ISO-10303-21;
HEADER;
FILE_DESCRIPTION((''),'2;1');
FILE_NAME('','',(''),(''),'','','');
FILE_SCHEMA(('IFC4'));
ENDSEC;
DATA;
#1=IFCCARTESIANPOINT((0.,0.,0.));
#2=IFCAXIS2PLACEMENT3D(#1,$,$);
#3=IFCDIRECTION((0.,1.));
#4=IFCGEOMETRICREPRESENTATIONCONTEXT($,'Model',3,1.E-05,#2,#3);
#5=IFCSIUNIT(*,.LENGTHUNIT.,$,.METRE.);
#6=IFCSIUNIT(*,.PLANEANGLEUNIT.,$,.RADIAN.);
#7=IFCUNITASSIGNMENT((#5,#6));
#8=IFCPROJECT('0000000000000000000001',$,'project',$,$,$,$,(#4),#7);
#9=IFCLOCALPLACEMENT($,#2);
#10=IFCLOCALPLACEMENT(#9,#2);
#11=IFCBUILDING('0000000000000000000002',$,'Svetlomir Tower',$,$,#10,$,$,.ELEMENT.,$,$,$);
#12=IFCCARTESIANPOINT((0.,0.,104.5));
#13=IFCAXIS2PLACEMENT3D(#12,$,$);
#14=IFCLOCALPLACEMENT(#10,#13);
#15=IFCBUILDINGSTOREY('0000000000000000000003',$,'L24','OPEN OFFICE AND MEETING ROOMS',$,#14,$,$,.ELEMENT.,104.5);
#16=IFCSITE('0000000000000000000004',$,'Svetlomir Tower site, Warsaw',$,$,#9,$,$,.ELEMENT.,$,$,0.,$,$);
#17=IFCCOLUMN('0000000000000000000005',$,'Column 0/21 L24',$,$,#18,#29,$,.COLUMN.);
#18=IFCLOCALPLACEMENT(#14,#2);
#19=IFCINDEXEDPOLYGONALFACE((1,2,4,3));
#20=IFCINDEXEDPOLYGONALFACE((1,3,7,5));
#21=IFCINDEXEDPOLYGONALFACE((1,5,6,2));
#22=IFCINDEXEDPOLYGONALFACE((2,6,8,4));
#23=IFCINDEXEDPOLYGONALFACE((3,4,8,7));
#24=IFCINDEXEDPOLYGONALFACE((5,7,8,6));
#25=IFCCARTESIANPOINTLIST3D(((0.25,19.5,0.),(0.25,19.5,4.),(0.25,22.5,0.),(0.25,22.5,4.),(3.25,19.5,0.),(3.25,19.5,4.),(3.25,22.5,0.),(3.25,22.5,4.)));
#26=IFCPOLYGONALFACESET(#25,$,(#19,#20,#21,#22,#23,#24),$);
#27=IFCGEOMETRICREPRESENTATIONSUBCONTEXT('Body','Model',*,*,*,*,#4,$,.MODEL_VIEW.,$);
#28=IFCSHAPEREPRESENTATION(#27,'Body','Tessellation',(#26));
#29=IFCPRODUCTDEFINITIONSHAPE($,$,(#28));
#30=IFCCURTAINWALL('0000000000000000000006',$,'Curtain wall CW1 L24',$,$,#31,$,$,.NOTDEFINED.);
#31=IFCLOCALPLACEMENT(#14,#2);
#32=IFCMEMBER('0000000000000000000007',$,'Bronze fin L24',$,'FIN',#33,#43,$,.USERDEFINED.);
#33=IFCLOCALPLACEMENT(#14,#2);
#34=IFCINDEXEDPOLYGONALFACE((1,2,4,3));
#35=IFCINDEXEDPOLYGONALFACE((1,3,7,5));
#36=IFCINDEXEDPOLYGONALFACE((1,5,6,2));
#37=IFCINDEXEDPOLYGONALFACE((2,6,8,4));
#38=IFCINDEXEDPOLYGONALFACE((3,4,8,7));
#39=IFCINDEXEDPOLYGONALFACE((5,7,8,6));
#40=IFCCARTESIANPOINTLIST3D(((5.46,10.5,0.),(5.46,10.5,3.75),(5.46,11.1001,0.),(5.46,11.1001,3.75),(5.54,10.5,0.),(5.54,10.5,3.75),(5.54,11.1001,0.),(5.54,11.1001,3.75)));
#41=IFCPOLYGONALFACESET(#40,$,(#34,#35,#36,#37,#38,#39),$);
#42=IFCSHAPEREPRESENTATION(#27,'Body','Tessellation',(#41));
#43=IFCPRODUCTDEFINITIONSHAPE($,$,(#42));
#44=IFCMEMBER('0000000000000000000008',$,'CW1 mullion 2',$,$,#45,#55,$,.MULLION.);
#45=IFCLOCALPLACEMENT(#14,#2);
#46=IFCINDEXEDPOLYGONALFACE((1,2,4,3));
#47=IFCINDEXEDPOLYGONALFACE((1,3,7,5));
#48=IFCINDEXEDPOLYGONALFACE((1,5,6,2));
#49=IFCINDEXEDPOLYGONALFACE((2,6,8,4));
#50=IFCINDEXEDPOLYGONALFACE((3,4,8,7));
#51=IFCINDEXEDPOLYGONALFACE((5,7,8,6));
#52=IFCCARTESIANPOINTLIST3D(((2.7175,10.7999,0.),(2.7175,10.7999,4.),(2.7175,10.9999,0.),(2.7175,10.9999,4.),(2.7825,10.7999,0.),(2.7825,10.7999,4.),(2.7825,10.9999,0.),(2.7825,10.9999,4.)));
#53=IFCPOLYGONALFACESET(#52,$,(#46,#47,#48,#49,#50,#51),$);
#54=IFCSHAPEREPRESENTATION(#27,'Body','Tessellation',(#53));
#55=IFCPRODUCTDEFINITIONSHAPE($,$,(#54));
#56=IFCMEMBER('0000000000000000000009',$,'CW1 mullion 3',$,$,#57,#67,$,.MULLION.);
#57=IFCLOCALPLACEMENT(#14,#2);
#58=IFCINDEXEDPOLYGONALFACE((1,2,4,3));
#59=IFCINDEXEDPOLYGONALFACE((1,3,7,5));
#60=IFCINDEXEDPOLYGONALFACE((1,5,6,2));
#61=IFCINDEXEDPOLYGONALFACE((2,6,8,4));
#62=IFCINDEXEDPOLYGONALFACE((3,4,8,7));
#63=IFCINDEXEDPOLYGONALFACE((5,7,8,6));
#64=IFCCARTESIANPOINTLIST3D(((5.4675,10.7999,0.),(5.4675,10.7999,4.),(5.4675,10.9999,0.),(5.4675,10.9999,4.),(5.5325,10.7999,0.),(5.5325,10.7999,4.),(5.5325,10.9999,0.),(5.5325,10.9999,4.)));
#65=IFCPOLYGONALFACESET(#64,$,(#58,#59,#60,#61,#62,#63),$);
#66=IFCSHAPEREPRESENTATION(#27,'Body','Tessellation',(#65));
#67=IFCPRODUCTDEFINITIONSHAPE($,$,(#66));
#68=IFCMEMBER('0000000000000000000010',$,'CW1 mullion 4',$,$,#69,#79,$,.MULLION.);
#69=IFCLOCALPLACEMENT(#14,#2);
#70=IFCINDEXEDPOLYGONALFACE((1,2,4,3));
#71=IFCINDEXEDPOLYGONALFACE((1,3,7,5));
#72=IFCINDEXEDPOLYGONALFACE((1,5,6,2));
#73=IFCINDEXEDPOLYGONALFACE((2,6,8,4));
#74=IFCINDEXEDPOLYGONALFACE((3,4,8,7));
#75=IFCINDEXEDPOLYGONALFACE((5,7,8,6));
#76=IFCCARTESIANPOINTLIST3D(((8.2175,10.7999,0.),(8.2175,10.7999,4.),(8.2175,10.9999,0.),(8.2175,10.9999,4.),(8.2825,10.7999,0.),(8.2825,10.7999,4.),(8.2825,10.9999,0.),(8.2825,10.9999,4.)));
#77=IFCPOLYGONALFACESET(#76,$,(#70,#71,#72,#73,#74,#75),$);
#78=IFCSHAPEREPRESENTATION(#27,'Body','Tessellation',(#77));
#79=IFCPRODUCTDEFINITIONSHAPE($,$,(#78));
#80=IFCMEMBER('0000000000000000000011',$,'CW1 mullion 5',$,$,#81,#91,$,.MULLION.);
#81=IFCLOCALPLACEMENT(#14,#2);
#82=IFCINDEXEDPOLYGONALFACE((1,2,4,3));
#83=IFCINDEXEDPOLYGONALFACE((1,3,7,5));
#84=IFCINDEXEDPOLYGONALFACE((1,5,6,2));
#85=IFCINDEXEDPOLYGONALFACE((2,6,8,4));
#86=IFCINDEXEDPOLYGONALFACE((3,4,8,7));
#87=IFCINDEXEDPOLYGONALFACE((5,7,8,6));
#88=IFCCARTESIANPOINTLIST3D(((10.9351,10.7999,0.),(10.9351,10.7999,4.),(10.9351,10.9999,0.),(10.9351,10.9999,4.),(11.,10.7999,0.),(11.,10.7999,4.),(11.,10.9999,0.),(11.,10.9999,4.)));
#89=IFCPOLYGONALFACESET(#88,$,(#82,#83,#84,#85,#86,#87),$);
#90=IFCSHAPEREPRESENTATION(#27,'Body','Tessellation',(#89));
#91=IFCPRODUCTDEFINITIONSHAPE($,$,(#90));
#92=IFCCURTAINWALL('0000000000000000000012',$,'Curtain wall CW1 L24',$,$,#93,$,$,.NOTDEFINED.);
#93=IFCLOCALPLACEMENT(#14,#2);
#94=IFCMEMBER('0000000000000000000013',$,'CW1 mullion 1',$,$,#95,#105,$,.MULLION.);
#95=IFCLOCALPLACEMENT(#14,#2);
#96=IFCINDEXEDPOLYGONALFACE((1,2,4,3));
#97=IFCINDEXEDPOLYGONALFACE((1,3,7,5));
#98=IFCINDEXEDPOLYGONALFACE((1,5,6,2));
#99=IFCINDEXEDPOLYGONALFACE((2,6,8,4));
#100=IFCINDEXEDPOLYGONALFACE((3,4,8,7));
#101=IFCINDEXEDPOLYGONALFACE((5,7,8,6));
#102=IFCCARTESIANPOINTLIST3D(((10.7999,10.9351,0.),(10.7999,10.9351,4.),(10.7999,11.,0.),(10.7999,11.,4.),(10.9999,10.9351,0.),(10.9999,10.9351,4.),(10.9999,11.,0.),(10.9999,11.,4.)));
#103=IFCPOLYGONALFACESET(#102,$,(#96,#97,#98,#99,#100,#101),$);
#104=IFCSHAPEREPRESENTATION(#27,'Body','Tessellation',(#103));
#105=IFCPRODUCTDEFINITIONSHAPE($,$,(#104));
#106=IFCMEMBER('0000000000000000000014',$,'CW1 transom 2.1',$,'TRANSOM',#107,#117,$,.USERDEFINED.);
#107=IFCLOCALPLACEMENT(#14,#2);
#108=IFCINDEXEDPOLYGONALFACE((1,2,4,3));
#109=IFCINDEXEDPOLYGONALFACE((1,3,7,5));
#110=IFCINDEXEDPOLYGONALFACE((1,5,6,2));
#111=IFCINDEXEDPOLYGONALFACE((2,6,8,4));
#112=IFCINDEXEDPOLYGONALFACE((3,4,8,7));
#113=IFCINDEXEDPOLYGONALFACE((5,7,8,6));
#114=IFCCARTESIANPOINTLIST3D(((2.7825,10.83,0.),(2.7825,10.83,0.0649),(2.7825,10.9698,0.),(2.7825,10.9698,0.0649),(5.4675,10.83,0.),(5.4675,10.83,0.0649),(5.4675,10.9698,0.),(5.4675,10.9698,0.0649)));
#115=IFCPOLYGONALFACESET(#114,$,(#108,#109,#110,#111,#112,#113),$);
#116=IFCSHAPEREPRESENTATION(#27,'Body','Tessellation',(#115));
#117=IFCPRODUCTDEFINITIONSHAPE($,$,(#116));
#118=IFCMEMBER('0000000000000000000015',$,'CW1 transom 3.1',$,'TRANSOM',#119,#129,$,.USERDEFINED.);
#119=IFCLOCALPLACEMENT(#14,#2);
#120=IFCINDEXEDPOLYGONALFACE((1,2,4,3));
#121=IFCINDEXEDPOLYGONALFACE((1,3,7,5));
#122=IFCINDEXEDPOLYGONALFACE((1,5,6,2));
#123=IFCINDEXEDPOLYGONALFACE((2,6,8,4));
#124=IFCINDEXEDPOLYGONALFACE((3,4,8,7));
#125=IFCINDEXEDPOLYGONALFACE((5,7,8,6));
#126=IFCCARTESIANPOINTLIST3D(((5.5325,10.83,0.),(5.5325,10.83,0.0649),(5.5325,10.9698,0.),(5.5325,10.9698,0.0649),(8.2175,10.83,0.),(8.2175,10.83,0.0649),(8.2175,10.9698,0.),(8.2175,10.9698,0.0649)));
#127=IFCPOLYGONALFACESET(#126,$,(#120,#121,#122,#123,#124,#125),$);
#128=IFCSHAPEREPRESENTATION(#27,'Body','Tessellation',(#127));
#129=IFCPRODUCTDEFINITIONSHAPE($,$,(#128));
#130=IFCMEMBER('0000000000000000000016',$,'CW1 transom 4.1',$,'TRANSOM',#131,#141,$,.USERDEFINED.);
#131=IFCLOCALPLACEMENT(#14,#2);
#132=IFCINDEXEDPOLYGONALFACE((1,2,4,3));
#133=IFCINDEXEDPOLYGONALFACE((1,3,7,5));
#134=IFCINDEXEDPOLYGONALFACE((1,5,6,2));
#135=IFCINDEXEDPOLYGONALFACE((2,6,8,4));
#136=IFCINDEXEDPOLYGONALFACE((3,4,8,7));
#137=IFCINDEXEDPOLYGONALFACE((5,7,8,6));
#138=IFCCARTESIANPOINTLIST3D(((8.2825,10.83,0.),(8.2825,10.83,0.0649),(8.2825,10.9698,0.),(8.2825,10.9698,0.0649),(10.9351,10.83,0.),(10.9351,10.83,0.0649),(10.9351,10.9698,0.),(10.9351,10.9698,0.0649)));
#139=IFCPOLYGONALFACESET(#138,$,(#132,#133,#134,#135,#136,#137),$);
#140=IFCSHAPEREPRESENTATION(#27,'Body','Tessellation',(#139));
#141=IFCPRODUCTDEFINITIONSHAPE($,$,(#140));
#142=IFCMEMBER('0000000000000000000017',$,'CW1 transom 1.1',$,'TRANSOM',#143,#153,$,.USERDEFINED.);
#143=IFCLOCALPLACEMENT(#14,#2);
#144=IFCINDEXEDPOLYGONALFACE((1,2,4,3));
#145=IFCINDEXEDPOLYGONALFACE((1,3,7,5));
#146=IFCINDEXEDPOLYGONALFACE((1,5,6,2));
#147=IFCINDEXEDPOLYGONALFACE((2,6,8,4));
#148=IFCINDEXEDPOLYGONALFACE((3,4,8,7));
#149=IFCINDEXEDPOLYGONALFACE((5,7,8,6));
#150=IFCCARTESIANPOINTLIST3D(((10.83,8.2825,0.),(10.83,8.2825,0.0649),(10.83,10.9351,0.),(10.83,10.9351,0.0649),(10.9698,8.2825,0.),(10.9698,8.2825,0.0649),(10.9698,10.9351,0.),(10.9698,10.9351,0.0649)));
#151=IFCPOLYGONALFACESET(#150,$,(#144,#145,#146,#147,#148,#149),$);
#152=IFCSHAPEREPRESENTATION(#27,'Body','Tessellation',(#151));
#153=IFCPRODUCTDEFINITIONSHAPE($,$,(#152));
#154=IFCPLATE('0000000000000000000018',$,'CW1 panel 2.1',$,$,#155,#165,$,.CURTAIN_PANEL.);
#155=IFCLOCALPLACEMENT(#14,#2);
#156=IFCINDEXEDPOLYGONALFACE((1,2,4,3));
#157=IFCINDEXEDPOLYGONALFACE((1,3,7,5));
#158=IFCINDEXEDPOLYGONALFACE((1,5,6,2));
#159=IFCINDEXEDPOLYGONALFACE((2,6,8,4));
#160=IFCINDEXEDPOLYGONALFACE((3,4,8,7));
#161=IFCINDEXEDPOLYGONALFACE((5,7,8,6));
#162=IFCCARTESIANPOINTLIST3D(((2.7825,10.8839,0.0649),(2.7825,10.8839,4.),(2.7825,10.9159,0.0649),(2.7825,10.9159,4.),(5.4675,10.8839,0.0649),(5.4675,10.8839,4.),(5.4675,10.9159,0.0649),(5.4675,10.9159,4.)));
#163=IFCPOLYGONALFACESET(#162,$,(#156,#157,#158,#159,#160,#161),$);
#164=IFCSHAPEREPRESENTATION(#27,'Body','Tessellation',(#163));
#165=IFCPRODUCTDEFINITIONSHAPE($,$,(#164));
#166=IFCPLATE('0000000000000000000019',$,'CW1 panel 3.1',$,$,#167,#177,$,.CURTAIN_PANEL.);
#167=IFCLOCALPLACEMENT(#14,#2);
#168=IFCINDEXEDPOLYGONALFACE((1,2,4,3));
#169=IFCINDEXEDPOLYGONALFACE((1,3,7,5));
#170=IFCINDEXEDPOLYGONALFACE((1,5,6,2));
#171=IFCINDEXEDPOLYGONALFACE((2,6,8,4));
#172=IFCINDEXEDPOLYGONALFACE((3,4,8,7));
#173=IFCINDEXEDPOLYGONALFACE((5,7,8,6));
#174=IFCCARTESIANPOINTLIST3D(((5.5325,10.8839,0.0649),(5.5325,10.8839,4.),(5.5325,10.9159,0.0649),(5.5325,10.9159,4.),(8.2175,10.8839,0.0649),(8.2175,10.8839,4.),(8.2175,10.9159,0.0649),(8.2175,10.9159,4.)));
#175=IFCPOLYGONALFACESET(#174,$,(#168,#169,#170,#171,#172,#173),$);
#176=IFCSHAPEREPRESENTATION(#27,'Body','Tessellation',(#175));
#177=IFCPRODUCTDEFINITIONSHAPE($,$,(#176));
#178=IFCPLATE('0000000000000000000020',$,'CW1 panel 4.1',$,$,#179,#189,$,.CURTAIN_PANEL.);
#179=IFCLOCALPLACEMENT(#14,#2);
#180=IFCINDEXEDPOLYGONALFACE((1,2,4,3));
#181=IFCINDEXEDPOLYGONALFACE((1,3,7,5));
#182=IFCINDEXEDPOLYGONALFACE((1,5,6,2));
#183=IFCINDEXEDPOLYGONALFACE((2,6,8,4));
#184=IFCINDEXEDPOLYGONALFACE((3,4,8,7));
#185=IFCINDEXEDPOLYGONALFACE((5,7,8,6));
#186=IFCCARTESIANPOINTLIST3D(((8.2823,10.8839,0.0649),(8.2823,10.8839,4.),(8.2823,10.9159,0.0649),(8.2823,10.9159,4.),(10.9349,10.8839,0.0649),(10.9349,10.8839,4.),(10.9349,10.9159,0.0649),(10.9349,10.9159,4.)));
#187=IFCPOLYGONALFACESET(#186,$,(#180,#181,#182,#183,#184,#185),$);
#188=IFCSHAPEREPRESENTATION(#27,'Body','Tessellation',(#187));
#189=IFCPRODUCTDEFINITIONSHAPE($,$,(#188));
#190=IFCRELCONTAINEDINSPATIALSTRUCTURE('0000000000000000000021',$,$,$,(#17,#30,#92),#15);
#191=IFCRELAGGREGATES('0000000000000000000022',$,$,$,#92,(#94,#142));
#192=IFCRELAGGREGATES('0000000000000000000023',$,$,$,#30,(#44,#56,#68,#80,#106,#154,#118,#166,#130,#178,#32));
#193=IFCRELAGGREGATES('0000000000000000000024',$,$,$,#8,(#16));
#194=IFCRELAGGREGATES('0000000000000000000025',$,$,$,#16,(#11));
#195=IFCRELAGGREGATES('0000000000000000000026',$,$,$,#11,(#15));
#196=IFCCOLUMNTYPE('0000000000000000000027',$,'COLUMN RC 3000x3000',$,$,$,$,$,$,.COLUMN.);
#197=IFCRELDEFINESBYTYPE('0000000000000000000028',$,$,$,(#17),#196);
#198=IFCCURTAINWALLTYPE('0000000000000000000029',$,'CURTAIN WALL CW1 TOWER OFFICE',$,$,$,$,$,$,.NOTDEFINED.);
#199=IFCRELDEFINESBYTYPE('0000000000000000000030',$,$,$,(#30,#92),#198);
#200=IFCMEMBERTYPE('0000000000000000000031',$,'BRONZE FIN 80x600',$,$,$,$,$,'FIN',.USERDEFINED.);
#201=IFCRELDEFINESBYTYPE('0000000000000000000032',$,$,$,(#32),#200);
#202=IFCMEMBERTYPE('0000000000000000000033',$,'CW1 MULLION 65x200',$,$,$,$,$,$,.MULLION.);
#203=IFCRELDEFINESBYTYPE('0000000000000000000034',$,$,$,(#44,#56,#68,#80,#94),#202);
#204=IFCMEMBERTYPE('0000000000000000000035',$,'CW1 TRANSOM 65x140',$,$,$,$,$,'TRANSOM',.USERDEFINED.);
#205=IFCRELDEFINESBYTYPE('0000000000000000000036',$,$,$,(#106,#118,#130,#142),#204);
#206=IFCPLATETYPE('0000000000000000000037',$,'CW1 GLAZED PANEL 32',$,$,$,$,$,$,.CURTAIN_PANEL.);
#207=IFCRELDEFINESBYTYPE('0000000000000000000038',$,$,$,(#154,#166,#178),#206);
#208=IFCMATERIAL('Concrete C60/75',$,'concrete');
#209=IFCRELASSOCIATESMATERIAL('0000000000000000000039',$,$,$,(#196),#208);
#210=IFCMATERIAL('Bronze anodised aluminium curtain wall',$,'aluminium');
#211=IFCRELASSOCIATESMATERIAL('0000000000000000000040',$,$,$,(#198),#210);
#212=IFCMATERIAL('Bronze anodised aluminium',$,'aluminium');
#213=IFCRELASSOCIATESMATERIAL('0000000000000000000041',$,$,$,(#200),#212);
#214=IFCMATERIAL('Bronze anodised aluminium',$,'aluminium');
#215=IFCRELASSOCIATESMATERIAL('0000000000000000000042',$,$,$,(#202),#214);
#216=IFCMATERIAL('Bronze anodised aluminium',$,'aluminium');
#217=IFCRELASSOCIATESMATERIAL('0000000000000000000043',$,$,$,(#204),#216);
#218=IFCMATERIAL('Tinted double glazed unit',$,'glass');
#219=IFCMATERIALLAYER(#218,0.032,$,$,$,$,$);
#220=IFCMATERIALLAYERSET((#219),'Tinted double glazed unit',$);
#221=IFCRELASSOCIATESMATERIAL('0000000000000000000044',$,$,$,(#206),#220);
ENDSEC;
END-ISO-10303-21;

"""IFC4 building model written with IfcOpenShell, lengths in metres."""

from ifc_helpers import new_model, si_unit, direction, frame, origin, origin_2d, place, context, subcontext, project, spatial, rectangle, extrude, material, layer, layer_set, material_profile, profile_set, type_object, element, aggregate, save


model = new_model("IFC4")

# Units and contexts
model_context = context("Model", 3, precision=1e-05, world=origin(), true_north=direction((0.0, 1.0)))
body_context = subcontext(model_context, "Body", "Model", "MODEL_VIEW")
ifc_project = project(units=[si_unit("LENGTHUNIT", "METRE"), si_unit("PLANEANGLEUNIT", "RADIAN")], contexts=[model_context])

# Site, building, storey
site_placement = place(None, origin())
site = spatial("IfcSite", under=ifc_project, at=site_placement, Name="Svetlomir Tower site, Warsaw", CompositionType="ELEMENT", RefElevation=0.0)
building_placement = place(site_placement, origin())
building = spatial("IfcBuilding", under=site, at=building_placement, Name="Svetlomir Tower", CompositionType="ELEMENT")
storey_placement = place(building_placement, frame((0.0, 0.0, 104.5)))
storey = spatial("IfcBuildingStorey", under=building, at=storey_placement, Name="L24", Description="OPEN OFFICE AND MEETING ROOMS", CompositionType="ELEMENT", Elevation=104.5)

# Column
ifc_material_1 = material(Name="Concrete C60/75", Category="concrete")
ifc_material_profile_1 = material_profile(ifc_material_1, rectangle(XDim=3.0, YDim=3.0, at=origin_2d()), Name="RC 3000x3000")
ifc_profile_set_1 = profile_set([ifc_material_profile_1], Name="Concrete C60/75")
column_type = type_object("IfcColumnType", Name="COLUMN RC 3000x3000", PredefinedType="COLUMN", material=ifc_profile_set_1)
column_placement = place(storey_placement, frame((1.75, 21.0, 0.0), z_axis=(0.0, 0.0, 1.0), x_axis=(1.0, 0.0, 0.0)))
element("IfcColumn", 1, at=column_placement, inside=storey, type_object=column_type, Name="Column 0/21 L24", PredefinedType="COLUMN", context=body_context, shape_type="SweptSolid", body=[
    extrude(rectangle(XDim=3.0, YDim=3.0, at=origin_2d()), origin(), (0.0, 0.0, 1.0), 4.0),
])

# Curtain wall, members
ifc_material_2 = material(Name="Bronze anodised aluminium curtain wall", Category="aluminium")
curtain_wall_type = type_object("IfcCurtainWallType", Name="CURTAIN WALL CW1 TOWER OFFICE", PredefinedType="NOTDEFINED", material=ifc_material_2)
curtain_wall_1_placement = place(storey_placement, origin())
curtain_wall_1 = element("IfcCurtainWall", 2, at=curtain_wall_1_placement, inside=storey, type_object=curtain_wall_type, Name="Curtain wall CW1 L24", PredefinedType="NOTDEFINED")
ifc_material_3 = material(Name="Bronze anodised aluminium", Category="aluminium")
ifc_material_profile_2 = material_profile(ifc_material_3, rectangle(XDim=0.0801, YDim=0.6001, at=origin_2d()), Name="FIN 80x600")
ifc_profile_set_2 = profile_set([ifc_material_profile_2], Name="Bronze anodised aluminium 6063-T6")
member_type_1 = type_object("IfcMemberType", Name="BRONZE FIN 80x600", ElementType="FIN", PredefinedType="USERDEFINED", material=ifc_profile_set_2)
member_1_placement = place(storey_placement, frame((5.5, 10.8, 0.0), z_axis=(0.0, 0.0, 1.0), x_axis=(1.0, 0.0, 0.0)))
member_1 = element("IfcMember", 3, at=member_1_placement, type_object=member_type_1, Name="Bronze fin L24", ObjectType="FIN", PredefinedType="USERDEFINED", context=body_context, shape_type="SweptSolid", body=[
    extrude(rectangle(XDim=0.0801, YDim=0.6001, at=origin_2d()), origin(), (0.0, 0.0, 1.0), 3.75),
])
ifc_material_4 = material(Name="Bronze anodised aluminium", Category="aluminium")
ifc_material_profile_3 = material_profile(ifc_material_4, rectangle(XDim=0.0649, YDim=0.2, at=origin_2d()), Name="AL 65x200")
ifc_profile_set_3 = profile_set([ifc_material_profile_3], Name="Bronze anodised aluminium 6063-T6")
member_type_2 = type_object("IfcMemberType", Name="CW1 MULLION 65x200", PredefinedType="MULLION", material=ifc_profile_set_3)
member_2_placement = place(storey_placement, frame((2.75, 10.8999, 0.0), z_axis=(0.0, 0.0, 1.0), x_axis=(1.0, 0.0, 0.0)))
member_2 = element("IfcMember", 4, at=member_2_placement, type_object=member_type_2, Name="CW1 mullion 2", PredefinedType="MULLION", context=body_context, shape_type="SweptSolid", body=[
    extrude(rectangle(XDim=0.0649, YDim=0.2, at=origin_2d()), origin(), (0.0, 0.0, 1.0), 4.0),
])
member_3_placement = place(storey_placement, frame((5.5, 10.8999, 0.0), z_axis=(0.0, 0.0, 1.0), x_axis=(1.0, 0.0, 0.0)))
member_3 = element("IfcMember", 5, at=member_3_placement, type_object=member_type_2, Name="CW1 mullion 3", PredefinedType="MULLION", context=body_context, shape_type="SweptSolid", body=[
    extrude(rectangle(XDim=0.0649, YDim=0.2, at=origin_2d()), origin(), (0.0, 0.0, 1.0), 4.0),
])
member_4_placement = place(storey_placement, frame((8.25, 10.8999, 0.0), z_axis=(0.0, 0.0, 1.0), x_axis=(1.0, 0.0, 0.0)))
member_4 = element("IfcMember", 6, at=member_4_placement, type_object=member_type_2, Name="CW1 mullion 4", PredefinedType="MULLION", context=body_context, shape_type="SweptSolid", body=[
    extrude(rectangle(XDim=0.0649, YDim=0.2, at=origin_2d()), origin(), (0.0, 0.0, 1.0), 4.0),
])
member_5_placement = place(storey_placement, frame((10.9675, 10.8999, 0.0), z_axis=(0.0, 0.0, 1.0), x_axis=(1.0, 0.0, 0.0)))
member_5 = element("IfcMember", 7, at=member_5_placement, type_object=member_type_2, Name="CW1 mullion 5", PredefinedType="MULLION", context=body_context, shape_type="SweptSolid", body=[
    extrude(rectangle(XDim=0.0649, YDim=0.2, at=origin_2d()), origin(), (0.0, 0.0, 1.0), 4.0),
])

# Curtain wall, member
curtain_wall_2_placement = place(storey_placement, origin())
curtain_wall_2 = element("IfcCurtainWall", 8, at=curtain_wall_2_placement, inside=storey, type_object=curtain_wall_type, Name="Curtain wall CW1 L24", PredefinedType="NOTDEFINED")
member_6_placement = place(storey_placement, frame((10.8999, 10.9675, 0.0), z_axis=(0.0, 0.0, 1.0), x_axis=(0.0, -1.0, 0.0)))
member_6 = element("IfcMember", 9, at=member_6_placement, type_object=member_type_2, Name="CW1 mullion 1", PredefinedType="MULLION", context=body_context, shape_type="SweptSolid", body=[
    extrude(rectangle(XDim=0.0649, YDim=0.2, at=origin_2d()), origin(), (0.0, 0.0, 1.0), 4.0),
])

# Members
ifc_material_5 = material(Name="Bronze anodised aluminium", Category="aluminium")
ifc_material_profile_4 = material_profile(ifc_material_5, rectangle(XDim=0.1399, YDim=0.0649, at=origin_2d()), Name="AL 140x65")
ifc_profile_set_4 = profile_set([ifc_material_profile_4], Name="Bronze anodised aluminium 6063-T6")
member_type_3 = type_object("IfcMemberType", Name="CW1 TRANSOM 65x140", ElementType="TRANSOM", PredefinedType="USERDEFINED", material=ifc_profile_set_4)
member_7_placement = place(storey_placement, frame((2.7825, 10.8999, 0.0325), z_axis=(1.0, 0.0, 0.0), x_axis=(0.0, 1.0, 0.0)))
member_7 = element("IfcMember", 10, at=member_7_placement, type_object=member_type_3, Name="CW1 transom 2.1", ObjectType="TRANSOM", PredefinedType="USERDEFINED", context=body_context, shape_type="SweptSolid", body=[
    extrude(rectangle(XDim=0.1399, YDim=0.0649, at=origin_2d()), origin(), (0.0, 0.0, 1.0), 2.6851),
])
member_8_placement = place(storey_placement, frame((5.5325, 10.8999, 0.0325), z_axis=(1.0, 0.0, 0.0), x_axis=(0.0, 1.0, 0.0)))
member_8 = element("IfcMember", 11, at=member_8_placement, type_object=member_type_3, Name="CW1 transom 3.1", ObjectType="TRANSOM", PredefinedType="USERDEFINED", context=body_context, shape_type="SweptSolid", body=[
    extrude(rectangle(XDim=0.1399, YDim=0.0649, at=origin_2d()), origin(), (0.0, 0.0, 1.0), 2.6851),
])
member_9_placement = place(storey_placement, frame((8.2825, 10.8999, 0.0325), z_axis=(1.0, 0.0, 0.0), x_axis=(0.0, 1.0, 0.0)))
member_9 = element("IfcMember", 12, at=member_9_placement, type_object=member_type_3, Name="CW1 transom 4.1", ObjectType="TRANSOM", PredefinedType="USERDEFINED", context=body_context, shape_type="SweptSolid", body=[
    extrude(rectangle(XDim=0.1399, YDim=0.0649, at=origin_2d()), origin(), (0.0, 0.0, 1.0), 2.6526),
])
member_10_placement = place(storey_placement, frame((10.8999, 10.9351, 0.0325), z_axis=(0.0, -1.0, 0.0), x_axis=(1.0, 0.0, 0.0)))
member_10 = element("IfcMember", 13, at=member_10_placement, type_object=member_type_3, Name="CW1 transom 1.1", ObjectType="TRANSOM", PredefinedType="USERDEFINED", context=body_context, shape_type="SweptSolid", body=[
    extrude(rectangle(XDim=0.1399, YDim=0.0649, at=origin_2d()), origin(), (0.0, 0.0, 1.0), 2.6526),
])
aggregate(curtain_wall_2, [member_6, member_10])

# Plates
ifc_material_6 = material(Name="Tinted double glazed unit", Category="glass")
ifc_layer_1 = layer(ifc_material_6, 0.032)
ifc_layer_set_1 = layer_set([ifc_layer_1], Name="Tinted double glazed unit")
plate_type = type_object("IfcPlateType", Name="CW1 GLAZED PANEL 32", PredefinedType="CURTAIN_PANEL", material=ifc_layer_set_1)
plate_1_placement = place(storey_placement, frame((4.125, 10.8999, 0.0649), z_axis=(0.0, 0.0, 1.0), x_axis=(1.0, 0.0, 0.0)))
plate_1 = element("IfcPlate", 14, at=plate_1_placement, type_object=plate_type, Name="CW1 panel 2.1", PredefinedType="CURTAIN_PANEL", context=body_context, shape_type="SweptSolid", body=[
    extrude(rectangle(XDim=2.6851, YDim=0.032, at=origin_2d()), origin(), (0.0, 0.0, 1.0), 3.9351),
])
plate_2_placement = place(storey_placement, frame((6.875, 10.8999, 0.0649), z_axis=(0.0, 0.0, 1.0), x_axis=(1.0, 0.0, 0.0)))
plate_2 = element("IfcPlate", 15, at=plate_2_placement, type_object=plate_type, Name="CW1 panel 3.1", PredefinedType="CURTAIN_PANEL", context=body_context, shape_type="SweptSolid", body=[
    extrude(rectangle(XDim=2.6851, YDim=0.032, at=origin_2d()), origin(), (0.0, 0.0, 1.0), 3.9351),
])
plate_3_placement = place(storey_placement, frame((9.6086, 10.8999, 0.0649), z_axis=(0.0, 0.0, 1.0), x_axis=(1.0, 0.0, 0.0)))
plate_3 = element("IfcPlate", 16, at=plate_3_placement, type_object=plate_type, Name="CW1 panel 4.1", PredefinedType="CURTAIN_PANEL", context=body_context, shape_type="SweptSolid", body=[
    extrude(rectangle(XDim=2.6526, YDim=0.032, at=origin_2d()), origin(), (0.0, 0.0, 1.0), 3.9351),
])
aggregate(curtain_wall_1, [member_2, member_3, member_4, member_5, member_7, plate_1, member_8, plate_2, member_9, plate_3, member_1])

save(model, "model.ifc")
